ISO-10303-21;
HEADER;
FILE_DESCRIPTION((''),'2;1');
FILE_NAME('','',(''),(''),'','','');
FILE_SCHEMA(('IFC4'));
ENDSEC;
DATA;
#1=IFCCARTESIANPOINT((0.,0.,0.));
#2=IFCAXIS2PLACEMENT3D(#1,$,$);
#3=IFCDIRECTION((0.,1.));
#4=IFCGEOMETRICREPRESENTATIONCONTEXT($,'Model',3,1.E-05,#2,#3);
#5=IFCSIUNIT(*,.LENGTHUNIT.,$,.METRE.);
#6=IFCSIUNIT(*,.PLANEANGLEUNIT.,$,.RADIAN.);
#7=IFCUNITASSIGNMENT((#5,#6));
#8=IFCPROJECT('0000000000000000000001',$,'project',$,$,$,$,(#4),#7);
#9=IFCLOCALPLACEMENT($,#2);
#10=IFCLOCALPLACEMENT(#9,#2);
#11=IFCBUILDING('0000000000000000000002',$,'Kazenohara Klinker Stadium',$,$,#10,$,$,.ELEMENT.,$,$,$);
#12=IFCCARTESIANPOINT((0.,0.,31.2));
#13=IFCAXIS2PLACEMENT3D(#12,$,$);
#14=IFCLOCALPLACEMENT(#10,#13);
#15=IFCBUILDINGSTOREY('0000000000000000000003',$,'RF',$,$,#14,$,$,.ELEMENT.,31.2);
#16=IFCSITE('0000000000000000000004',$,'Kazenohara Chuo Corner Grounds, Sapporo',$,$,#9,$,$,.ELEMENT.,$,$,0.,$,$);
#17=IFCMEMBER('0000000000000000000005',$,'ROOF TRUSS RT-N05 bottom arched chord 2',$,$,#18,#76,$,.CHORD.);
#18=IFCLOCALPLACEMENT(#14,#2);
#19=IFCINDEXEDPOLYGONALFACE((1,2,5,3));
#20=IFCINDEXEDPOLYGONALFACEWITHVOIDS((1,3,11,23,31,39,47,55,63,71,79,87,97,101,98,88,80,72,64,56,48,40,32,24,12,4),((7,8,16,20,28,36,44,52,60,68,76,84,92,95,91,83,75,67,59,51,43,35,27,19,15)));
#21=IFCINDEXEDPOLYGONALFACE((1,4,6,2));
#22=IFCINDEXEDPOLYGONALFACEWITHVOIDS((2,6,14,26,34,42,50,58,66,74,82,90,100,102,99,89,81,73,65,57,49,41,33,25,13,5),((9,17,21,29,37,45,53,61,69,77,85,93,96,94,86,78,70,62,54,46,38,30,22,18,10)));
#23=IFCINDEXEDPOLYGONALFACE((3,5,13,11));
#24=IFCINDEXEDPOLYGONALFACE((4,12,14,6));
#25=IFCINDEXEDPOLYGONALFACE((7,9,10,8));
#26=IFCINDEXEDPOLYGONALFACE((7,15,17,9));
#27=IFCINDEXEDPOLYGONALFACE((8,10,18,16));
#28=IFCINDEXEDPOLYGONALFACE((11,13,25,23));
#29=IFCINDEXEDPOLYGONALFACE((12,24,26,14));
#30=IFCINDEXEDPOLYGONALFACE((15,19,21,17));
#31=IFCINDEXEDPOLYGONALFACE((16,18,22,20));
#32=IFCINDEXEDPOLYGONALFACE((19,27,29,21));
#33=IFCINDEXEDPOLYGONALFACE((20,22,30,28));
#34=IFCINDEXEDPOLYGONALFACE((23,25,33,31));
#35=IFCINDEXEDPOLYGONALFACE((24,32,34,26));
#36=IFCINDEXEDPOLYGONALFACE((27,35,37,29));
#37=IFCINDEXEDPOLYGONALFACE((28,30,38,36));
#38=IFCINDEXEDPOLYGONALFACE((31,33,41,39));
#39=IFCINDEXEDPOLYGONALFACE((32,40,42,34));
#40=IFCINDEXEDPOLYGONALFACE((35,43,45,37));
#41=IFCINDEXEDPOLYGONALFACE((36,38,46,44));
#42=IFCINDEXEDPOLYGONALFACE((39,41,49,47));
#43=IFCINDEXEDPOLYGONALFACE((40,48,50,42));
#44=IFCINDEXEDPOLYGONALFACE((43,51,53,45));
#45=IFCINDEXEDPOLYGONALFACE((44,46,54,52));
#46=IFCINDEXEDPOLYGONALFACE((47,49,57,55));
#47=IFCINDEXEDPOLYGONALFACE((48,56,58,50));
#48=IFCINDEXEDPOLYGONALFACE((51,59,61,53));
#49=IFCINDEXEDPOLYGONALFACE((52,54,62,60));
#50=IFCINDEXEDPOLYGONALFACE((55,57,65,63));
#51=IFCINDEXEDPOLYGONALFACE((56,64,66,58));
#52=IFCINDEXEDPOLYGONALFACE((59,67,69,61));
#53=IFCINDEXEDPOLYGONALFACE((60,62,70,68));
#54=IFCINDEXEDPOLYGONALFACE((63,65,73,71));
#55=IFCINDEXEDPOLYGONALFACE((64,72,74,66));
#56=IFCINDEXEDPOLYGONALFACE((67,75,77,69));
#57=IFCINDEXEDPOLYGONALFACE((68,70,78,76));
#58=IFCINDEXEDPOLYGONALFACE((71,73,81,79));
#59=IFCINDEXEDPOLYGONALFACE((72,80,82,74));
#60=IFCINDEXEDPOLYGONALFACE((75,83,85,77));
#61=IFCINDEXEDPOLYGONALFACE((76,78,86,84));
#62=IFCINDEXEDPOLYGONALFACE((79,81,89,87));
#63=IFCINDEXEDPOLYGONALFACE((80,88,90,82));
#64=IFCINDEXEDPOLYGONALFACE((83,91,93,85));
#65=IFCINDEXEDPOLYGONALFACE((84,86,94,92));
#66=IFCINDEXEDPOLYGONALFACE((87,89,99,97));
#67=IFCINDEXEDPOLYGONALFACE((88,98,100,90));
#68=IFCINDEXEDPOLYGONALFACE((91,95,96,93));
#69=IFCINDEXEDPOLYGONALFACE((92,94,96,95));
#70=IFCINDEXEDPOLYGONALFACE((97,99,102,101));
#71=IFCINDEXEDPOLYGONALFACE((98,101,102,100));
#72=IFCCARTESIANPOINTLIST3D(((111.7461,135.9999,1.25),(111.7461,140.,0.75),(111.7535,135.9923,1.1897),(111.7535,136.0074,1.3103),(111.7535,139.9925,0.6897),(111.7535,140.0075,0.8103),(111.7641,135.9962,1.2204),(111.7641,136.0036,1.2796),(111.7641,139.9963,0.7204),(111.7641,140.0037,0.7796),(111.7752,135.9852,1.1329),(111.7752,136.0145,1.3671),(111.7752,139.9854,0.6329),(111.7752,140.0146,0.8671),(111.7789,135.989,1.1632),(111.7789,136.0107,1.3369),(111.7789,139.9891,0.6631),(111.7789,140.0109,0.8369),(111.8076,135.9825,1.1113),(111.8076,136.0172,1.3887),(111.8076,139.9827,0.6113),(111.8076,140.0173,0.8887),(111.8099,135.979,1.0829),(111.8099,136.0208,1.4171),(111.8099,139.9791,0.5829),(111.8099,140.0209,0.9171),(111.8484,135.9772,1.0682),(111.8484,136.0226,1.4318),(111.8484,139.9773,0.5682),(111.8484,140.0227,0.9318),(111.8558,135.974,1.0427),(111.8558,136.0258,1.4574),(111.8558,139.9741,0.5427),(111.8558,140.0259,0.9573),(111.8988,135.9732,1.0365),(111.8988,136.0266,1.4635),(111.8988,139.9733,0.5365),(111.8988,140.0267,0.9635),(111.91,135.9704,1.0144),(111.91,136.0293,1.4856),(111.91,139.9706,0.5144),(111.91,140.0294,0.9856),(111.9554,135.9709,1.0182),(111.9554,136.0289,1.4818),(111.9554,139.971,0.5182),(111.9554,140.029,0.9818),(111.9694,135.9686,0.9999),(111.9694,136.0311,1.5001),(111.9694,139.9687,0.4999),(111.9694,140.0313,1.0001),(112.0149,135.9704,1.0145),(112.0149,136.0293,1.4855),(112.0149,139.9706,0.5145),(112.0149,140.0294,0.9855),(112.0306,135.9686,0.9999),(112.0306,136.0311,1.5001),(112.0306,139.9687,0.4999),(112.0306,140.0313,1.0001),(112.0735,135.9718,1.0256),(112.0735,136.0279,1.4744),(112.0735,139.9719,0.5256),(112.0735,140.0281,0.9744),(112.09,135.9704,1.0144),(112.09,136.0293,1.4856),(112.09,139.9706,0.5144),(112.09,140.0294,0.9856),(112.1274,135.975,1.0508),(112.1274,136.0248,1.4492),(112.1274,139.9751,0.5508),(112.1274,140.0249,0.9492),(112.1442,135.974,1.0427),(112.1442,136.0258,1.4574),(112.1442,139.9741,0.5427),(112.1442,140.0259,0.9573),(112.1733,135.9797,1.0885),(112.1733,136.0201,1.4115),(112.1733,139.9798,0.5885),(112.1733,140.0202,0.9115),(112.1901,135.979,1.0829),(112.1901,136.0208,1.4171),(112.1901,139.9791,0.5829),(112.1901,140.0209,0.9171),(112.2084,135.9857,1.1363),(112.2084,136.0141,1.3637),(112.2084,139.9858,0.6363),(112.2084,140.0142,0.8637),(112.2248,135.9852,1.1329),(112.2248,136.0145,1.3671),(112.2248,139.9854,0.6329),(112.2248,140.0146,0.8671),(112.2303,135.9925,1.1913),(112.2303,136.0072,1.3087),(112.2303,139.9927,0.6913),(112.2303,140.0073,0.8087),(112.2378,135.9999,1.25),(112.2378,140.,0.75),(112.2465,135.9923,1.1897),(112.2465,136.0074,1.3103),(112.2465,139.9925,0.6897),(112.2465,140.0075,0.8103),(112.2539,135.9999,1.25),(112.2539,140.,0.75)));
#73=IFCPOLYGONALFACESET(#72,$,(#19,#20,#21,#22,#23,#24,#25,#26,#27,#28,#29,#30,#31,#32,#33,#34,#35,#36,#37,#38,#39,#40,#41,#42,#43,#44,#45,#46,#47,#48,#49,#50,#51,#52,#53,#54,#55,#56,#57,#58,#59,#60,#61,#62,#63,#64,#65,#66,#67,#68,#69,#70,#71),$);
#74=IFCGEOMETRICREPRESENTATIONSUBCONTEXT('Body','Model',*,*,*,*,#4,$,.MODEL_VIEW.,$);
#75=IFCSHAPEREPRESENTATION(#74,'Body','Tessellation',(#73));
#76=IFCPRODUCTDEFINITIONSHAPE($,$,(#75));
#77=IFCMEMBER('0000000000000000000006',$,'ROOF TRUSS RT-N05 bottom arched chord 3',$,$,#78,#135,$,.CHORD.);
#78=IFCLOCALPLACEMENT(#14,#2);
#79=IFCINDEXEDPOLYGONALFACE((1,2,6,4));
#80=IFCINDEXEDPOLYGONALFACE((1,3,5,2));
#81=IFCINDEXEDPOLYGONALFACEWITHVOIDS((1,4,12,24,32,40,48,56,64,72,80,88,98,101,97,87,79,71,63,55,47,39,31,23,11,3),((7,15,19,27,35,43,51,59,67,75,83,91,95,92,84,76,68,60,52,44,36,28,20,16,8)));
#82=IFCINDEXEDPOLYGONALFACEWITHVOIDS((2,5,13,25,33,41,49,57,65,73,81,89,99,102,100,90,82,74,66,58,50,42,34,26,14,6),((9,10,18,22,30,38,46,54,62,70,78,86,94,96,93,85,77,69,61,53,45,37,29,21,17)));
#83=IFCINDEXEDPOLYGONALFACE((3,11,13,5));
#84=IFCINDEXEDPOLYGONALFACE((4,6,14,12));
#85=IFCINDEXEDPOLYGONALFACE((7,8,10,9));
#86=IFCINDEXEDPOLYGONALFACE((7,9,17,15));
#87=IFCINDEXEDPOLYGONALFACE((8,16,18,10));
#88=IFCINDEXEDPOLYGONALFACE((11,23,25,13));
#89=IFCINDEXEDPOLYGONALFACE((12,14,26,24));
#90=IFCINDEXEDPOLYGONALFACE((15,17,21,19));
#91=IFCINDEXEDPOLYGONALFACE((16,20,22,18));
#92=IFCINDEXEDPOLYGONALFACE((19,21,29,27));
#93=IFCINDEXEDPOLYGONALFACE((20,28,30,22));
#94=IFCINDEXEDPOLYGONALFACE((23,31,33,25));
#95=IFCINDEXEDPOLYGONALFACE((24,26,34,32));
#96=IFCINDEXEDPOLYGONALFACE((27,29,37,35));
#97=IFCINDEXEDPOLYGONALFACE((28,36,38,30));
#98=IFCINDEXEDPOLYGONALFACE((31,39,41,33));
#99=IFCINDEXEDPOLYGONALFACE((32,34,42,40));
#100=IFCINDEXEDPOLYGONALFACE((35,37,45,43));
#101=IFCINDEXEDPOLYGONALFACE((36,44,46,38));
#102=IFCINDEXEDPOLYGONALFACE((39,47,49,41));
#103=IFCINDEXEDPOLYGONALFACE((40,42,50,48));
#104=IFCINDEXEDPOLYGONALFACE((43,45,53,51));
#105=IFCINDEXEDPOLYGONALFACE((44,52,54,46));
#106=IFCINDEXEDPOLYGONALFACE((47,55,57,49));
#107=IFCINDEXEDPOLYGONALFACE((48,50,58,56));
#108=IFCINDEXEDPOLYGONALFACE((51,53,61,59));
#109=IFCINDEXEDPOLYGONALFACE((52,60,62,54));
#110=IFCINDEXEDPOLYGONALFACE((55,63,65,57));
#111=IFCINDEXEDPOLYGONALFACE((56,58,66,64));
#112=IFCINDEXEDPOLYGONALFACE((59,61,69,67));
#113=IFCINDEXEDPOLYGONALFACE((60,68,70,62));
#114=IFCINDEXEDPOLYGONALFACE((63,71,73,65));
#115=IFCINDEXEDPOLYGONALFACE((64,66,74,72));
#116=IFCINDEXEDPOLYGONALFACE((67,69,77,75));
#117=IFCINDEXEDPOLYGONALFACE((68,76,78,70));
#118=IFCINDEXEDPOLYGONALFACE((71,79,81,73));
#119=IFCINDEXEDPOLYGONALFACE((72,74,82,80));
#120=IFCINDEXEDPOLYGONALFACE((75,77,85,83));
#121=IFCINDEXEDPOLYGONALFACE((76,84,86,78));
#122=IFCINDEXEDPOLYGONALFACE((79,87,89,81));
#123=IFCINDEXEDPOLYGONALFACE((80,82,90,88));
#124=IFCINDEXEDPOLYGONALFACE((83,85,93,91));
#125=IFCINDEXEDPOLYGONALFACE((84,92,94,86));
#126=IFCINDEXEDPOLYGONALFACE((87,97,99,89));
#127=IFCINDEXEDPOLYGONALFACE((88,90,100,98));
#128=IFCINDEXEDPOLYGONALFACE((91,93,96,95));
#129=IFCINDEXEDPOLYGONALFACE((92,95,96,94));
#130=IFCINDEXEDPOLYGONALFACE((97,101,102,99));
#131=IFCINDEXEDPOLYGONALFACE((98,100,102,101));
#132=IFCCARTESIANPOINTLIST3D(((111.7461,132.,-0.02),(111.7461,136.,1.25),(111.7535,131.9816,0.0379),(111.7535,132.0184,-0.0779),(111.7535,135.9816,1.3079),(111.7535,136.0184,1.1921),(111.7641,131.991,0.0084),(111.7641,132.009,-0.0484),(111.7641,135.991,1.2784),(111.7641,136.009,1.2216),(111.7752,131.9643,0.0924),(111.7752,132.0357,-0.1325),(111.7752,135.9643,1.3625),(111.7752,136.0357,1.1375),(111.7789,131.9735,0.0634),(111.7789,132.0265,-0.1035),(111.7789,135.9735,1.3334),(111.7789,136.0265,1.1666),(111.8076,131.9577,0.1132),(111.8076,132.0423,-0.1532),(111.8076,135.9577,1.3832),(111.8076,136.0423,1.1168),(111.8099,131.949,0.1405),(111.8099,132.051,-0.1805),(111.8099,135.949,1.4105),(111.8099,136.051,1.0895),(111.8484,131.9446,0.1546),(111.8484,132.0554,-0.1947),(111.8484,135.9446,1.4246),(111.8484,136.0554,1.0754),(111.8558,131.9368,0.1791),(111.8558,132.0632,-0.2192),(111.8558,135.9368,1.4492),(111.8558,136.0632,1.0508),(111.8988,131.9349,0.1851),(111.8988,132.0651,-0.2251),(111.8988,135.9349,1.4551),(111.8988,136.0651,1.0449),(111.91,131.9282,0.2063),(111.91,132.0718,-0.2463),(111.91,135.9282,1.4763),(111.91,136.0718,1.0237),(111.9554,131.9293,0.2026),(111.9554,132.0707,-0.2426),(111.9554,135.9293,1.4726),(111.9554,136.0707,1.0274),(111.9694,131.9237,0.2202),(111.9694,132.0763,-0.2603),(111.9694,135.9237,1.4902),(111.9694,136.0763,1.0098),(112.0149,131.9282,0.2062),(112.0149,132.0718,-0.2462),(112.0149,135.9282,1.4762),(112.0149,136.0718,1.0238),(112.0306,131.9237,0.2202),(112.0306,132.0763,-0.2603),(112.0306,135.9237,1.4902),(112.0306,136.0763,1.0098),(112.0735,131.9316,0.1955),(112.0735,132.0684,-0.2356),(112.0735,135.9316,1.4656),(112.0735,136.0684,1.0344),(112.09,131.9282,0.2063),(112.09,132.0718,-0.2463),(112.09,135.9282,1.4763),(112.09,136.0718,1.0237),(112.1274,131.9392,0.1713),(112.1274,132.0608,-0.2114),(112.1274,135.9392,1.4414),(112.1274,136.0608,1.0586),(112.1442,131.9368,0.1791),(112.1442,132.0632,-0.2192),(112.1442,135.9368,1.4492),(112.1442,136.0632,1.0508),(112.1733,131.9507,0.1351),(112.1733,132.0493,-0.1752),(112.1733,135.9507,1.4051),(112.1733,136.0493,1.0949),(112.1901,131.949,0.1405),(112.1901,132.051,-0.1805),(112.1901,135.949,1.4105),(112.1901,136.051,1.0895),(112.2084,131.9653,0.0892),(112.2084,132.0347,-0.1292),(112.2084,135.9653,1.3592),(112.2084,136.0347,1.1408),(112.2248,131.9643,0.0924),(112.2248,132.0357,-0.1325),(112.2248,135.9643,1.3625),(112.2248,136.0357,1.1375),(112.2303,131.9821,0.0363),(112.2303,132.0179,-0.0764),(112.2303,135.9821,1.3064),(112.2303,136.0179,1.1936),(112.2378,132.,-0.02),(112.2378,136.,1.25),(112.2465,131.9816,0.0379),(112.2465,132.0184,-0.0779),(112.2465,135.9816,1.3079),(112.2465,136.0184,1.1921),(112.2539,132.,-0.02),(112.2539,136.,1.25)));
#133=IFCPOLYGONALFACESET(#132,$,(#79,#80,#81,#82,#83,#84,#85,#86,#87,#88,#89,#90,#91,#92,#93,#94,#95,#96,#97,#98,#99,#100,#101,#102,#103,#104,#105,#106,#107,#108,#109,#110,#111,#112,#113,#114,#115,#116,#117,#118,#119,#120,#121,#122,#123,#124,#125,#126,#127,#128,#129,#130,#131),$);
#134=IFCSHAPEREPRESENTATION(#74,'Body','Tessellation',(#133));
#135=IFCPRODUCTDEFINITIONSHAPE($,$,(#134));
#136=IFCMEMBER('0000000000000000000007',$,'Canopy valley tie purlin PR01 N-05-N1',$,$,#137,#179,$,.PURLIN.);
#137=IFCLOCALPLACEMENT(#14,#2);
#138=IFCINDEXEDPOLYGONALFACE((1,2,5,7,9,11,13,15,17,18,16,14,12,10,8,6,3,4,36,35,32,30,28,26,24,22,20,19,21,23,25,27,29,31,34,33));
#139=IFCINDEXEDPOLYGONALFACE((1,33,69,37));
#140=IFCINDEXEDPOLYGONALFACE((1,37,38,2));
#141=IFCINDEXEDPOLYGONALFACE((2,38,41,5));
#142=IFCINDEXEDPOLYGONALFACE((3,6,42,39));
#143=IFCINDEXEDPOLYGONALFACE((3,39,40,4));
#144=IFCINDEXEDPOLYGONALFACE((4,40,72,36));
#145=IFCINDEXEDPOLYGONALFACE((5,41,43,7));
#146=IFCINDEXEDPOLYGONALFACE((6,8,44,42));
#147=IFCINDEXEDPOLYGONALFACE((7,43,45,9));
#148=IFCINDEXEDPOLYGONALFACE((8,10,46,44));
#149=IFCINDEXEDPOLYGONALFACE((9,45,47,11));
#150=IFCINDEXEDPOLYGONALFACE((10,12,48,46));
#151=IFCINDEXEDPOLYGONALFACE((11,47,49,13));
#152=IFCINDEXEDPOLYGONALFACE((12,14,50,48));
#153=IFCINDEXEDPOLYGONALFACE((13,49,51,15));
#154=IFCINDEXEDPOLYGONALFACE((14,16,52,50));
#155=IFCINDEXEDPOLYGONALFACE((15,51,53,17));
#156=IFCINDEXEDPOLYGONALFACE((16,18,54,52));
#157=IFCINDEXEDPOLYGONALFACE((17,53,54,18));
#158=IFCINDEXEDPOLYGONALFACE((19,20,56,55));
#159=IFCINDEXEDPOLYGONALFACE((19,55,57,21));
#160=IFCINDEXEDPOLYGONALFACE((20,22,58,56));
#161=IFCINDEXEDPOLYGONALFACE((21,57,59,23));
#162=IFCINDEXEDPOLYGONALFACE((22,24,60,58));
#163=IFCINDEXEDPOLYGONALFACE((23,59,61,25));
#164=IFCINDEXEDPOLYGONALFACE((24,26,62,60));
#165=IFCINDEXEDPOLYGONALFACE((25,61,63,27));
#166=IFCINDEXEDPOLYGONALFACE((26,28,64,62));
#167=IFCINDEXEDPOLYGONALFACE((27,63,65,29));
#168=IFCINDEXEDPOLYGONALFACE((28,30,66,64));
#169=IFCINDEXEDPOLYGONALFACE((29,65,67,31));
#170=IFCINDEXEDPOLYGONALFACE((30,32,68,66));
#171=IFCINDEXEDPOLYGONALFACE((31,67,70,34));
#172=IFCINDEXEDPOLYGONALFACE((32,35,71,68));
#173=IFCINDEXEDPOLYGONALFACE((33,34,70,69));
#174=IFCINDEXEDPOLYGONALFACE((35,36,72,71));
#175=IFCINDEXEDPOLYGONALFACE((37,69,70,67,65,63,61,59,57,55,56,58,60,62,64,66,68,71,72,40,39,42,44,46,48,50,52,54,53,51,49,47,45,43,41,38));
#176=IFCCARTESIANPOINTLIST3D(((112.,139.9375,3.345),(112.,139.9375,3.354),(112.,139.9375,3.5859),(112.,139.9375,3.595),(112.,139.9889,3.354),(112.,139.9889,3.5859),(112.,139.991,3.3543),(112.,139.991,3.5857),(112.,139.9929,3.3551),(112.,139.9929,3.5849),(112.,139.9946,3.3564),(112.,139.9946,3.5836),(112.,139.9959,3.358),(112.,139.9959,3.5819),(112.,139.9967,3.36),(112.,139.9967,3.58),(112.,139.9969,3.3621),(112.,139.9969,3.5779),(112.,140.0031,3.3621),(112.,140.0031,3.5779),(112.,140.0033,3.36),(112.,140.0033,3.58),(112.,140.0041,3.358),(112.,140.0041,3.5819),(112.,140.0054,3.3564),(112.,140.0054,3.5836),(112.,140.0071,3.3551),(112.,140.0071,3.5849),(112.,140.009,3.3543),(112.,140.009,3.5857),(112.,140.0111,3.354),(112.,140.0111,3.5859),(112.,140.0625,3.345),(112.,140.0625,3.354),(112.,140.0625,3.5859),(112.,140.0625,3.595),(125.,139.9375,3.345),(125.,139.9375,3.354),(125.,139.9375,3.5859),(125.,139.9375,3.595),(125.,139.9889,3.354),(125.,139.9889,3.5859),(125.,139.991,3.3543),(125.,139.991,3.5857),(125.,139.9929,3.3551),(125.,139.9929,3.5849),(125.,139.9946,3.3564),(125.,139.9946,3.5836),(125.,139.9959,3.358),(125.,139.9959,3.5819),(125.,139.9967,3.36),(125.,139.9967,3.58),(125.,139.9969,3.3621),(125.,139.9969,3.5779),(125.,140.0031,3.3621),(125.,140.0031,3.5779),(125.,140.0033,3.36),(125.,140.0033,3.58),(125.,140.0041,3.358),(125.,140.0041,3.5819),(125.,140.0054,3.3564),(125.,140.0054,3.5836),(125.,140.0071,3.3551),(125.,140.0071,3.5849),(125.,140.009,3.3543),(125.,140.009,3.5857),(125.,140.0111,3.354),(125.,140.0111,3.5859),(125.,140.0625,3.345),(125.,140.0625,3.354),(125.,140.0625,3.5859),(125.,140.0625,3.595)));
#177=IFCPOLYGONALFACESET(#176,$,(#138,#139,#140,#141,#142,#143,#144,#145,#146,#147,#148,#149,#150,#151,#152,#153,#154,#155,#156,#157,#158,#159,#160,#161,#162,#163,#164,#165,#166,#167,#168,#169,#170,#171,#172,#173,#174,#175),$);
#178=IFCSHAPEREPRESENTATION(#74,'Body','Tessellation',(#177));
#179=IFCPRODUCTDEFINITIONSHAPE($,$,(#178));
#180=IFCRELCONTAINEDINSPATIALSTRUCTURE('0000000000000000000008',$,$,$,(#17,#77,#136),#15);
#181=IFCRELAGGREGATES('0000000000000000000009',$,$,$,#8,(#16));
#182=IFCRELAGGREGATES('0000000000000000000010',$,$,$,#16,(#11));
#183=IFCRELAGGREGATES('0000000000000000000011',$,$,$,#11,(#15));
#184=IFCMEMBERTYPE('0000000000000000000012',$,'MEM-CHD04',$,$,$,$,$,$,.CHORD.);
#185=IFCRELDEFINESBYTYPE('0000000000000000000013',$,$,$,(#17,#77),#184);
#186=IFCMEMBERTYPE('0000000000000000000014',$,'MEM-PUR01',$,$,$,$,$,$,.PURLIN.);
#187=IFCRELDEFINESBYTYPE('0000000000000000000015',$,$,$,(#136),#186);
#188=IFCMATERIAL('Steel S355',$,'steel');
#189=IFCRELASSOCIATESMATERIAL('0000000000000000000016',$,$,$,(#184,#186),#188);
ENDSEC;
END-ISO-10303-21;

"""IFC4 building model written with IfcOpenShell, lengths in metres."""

from ifc_helpers import new_model, si_unit, direction, frame, origin, origin_2d, place, context, subcontext, project, spatial, hollow_circle, i_section, extrude, material, material_profile, profile_set, type_object, element, save


model = new_model("IFC4")

# Units and contexts
model_context = context("Model", 3, precision=1e-05, world=origin(), true_north=direction((0.0, 1.0)))
body_context = subcontext(model_context, "Body", "Model", "MODEL_VIEW")
ifc_project = project(units=[si_unit("LENGTHUNIT", "METRE"), si_unit("PLANEANGLEUNIT", "RADIAN")], contexts=[model_context])

# Site, building, storey
site_placement = place(None, origin())
site = spatial("IfcSite", under=ifc_project, at=site_placement, Name="Kazenohara Chuo Corner Grounds, Sapporo", CompositionType="ELEMENT", RefElevation=0.0)
building_placement = place(site_placement, origin())
building = spatial("IfcBuilding", under=site, at=building_placement, Name="Kazenohara Klinker Stadium", CompositionType="ELEMENT")
storey_placement = place(building_placement, frame((0.0, 0.0, 31.2)))
storey = spatial("IfcBuildingStorey", under=building, at=storey_placement, Name="RF", CompositionType="ELEMENT", Elevation=31.2)

# Members
ifc_material_1 = material(Name="Steel S355", Category="steel")
ifc_material_profile_1 = material_profile(ifc_material_1, hollow_circle(Radius=0.2539, WallThickness=0.0161, at=origin_2d()), Name="CHS-508.0x16")
ifc_profile_set_1 = profile_set([ifc_material_profile_1], Name="Steel S355")
member_type_1 = type_object("IfcMemberType", Name="MEM-CHD04", PredefinedType="CHORD", material=ifc_profile_set_1)
member_1_placement = place(storey_placement, frame((112.0, 140.0, 0.75), z_axis=(0.0, -0.992278, 0.124035), x_axis=(1.0, 0.0, 0.0)))
element("IfcMember", 1, at=member_1_placement, inside=storey, type_object=member_type_1, Name="ROOF TRUSS RT-N05 bottom arched chord 2", PredefinedType="CHORD", context=body_context, shape_type="SweptSolid", body=[
    extrude(hollow_circle(Radius=0.2539, WallThickness=0.0161, at=origin_2d()), origin(), (0.0, 0.0, 1.0), 4.0312),
])
member_2_placement = place(storey_placement, frame((112.0, 136.0, 1.25), z_axis=(0.0, -0.953112, -0.302618), x_axis=(1.0, 0.0, 0.0)))
element("IfcMember", 2, at=member_2_placement, inside=storey, type_object=member_type_1, Name="ROOF TRUSS RT-N05 bottom arched chord 3", PredefinedType="CHORD", context=body_context, shape_type="SweptSolid", body=[
    extrude(hollow_circle(Radius=0.2539, WallThickness=0.0161, at=origin_2d()), origin(), (0.0, 0.0, 1.0), 4.1968),
])
ifc_material_profile_2 = material_profile(ifc_material_1, i_section(OverallWidth=0.125, OverallDepth=0.25, WebThickness=0.0061, FlangeThickness=0.009, FilletRadius=0.0081, at=origin_2d()), Name="H-250x125x6x9")
ifc_profile_set_2 = profile_set([ifc_material_profile_2], Name="Steel S355")
member_type_2 = type_object("IfcMemberType", Name="MEM-PUR01", PredefinedType="PURLIN", material=ifc_profile_set_2)
member_3_placement = place(storey_placement, frame((112.0, 140.0, 3.47), z_axis=(1.0, 0.0, 0.0), x_axis=(0.0, 1.0, 0.0)))
element("IfcMember", 3, at=member_3_placement, inside=storey, type_object=member_type_2, Name="Canopy valley tie purlin PR01 N-05-N1", PredefinedType="PURLIN", context=body_context, shape_type="SweptSolid", body=[
    extrude(i_section(OverallWidth=0.125, OverallDepth=0.25, WebThickness=0.0061, FlangeThickness=0.009, FilletRadius=0.0081, at=origin_2d()), origin(), (0.0, 0.0, 1.0), 13.0),
])

save(model, "model.ifc")
